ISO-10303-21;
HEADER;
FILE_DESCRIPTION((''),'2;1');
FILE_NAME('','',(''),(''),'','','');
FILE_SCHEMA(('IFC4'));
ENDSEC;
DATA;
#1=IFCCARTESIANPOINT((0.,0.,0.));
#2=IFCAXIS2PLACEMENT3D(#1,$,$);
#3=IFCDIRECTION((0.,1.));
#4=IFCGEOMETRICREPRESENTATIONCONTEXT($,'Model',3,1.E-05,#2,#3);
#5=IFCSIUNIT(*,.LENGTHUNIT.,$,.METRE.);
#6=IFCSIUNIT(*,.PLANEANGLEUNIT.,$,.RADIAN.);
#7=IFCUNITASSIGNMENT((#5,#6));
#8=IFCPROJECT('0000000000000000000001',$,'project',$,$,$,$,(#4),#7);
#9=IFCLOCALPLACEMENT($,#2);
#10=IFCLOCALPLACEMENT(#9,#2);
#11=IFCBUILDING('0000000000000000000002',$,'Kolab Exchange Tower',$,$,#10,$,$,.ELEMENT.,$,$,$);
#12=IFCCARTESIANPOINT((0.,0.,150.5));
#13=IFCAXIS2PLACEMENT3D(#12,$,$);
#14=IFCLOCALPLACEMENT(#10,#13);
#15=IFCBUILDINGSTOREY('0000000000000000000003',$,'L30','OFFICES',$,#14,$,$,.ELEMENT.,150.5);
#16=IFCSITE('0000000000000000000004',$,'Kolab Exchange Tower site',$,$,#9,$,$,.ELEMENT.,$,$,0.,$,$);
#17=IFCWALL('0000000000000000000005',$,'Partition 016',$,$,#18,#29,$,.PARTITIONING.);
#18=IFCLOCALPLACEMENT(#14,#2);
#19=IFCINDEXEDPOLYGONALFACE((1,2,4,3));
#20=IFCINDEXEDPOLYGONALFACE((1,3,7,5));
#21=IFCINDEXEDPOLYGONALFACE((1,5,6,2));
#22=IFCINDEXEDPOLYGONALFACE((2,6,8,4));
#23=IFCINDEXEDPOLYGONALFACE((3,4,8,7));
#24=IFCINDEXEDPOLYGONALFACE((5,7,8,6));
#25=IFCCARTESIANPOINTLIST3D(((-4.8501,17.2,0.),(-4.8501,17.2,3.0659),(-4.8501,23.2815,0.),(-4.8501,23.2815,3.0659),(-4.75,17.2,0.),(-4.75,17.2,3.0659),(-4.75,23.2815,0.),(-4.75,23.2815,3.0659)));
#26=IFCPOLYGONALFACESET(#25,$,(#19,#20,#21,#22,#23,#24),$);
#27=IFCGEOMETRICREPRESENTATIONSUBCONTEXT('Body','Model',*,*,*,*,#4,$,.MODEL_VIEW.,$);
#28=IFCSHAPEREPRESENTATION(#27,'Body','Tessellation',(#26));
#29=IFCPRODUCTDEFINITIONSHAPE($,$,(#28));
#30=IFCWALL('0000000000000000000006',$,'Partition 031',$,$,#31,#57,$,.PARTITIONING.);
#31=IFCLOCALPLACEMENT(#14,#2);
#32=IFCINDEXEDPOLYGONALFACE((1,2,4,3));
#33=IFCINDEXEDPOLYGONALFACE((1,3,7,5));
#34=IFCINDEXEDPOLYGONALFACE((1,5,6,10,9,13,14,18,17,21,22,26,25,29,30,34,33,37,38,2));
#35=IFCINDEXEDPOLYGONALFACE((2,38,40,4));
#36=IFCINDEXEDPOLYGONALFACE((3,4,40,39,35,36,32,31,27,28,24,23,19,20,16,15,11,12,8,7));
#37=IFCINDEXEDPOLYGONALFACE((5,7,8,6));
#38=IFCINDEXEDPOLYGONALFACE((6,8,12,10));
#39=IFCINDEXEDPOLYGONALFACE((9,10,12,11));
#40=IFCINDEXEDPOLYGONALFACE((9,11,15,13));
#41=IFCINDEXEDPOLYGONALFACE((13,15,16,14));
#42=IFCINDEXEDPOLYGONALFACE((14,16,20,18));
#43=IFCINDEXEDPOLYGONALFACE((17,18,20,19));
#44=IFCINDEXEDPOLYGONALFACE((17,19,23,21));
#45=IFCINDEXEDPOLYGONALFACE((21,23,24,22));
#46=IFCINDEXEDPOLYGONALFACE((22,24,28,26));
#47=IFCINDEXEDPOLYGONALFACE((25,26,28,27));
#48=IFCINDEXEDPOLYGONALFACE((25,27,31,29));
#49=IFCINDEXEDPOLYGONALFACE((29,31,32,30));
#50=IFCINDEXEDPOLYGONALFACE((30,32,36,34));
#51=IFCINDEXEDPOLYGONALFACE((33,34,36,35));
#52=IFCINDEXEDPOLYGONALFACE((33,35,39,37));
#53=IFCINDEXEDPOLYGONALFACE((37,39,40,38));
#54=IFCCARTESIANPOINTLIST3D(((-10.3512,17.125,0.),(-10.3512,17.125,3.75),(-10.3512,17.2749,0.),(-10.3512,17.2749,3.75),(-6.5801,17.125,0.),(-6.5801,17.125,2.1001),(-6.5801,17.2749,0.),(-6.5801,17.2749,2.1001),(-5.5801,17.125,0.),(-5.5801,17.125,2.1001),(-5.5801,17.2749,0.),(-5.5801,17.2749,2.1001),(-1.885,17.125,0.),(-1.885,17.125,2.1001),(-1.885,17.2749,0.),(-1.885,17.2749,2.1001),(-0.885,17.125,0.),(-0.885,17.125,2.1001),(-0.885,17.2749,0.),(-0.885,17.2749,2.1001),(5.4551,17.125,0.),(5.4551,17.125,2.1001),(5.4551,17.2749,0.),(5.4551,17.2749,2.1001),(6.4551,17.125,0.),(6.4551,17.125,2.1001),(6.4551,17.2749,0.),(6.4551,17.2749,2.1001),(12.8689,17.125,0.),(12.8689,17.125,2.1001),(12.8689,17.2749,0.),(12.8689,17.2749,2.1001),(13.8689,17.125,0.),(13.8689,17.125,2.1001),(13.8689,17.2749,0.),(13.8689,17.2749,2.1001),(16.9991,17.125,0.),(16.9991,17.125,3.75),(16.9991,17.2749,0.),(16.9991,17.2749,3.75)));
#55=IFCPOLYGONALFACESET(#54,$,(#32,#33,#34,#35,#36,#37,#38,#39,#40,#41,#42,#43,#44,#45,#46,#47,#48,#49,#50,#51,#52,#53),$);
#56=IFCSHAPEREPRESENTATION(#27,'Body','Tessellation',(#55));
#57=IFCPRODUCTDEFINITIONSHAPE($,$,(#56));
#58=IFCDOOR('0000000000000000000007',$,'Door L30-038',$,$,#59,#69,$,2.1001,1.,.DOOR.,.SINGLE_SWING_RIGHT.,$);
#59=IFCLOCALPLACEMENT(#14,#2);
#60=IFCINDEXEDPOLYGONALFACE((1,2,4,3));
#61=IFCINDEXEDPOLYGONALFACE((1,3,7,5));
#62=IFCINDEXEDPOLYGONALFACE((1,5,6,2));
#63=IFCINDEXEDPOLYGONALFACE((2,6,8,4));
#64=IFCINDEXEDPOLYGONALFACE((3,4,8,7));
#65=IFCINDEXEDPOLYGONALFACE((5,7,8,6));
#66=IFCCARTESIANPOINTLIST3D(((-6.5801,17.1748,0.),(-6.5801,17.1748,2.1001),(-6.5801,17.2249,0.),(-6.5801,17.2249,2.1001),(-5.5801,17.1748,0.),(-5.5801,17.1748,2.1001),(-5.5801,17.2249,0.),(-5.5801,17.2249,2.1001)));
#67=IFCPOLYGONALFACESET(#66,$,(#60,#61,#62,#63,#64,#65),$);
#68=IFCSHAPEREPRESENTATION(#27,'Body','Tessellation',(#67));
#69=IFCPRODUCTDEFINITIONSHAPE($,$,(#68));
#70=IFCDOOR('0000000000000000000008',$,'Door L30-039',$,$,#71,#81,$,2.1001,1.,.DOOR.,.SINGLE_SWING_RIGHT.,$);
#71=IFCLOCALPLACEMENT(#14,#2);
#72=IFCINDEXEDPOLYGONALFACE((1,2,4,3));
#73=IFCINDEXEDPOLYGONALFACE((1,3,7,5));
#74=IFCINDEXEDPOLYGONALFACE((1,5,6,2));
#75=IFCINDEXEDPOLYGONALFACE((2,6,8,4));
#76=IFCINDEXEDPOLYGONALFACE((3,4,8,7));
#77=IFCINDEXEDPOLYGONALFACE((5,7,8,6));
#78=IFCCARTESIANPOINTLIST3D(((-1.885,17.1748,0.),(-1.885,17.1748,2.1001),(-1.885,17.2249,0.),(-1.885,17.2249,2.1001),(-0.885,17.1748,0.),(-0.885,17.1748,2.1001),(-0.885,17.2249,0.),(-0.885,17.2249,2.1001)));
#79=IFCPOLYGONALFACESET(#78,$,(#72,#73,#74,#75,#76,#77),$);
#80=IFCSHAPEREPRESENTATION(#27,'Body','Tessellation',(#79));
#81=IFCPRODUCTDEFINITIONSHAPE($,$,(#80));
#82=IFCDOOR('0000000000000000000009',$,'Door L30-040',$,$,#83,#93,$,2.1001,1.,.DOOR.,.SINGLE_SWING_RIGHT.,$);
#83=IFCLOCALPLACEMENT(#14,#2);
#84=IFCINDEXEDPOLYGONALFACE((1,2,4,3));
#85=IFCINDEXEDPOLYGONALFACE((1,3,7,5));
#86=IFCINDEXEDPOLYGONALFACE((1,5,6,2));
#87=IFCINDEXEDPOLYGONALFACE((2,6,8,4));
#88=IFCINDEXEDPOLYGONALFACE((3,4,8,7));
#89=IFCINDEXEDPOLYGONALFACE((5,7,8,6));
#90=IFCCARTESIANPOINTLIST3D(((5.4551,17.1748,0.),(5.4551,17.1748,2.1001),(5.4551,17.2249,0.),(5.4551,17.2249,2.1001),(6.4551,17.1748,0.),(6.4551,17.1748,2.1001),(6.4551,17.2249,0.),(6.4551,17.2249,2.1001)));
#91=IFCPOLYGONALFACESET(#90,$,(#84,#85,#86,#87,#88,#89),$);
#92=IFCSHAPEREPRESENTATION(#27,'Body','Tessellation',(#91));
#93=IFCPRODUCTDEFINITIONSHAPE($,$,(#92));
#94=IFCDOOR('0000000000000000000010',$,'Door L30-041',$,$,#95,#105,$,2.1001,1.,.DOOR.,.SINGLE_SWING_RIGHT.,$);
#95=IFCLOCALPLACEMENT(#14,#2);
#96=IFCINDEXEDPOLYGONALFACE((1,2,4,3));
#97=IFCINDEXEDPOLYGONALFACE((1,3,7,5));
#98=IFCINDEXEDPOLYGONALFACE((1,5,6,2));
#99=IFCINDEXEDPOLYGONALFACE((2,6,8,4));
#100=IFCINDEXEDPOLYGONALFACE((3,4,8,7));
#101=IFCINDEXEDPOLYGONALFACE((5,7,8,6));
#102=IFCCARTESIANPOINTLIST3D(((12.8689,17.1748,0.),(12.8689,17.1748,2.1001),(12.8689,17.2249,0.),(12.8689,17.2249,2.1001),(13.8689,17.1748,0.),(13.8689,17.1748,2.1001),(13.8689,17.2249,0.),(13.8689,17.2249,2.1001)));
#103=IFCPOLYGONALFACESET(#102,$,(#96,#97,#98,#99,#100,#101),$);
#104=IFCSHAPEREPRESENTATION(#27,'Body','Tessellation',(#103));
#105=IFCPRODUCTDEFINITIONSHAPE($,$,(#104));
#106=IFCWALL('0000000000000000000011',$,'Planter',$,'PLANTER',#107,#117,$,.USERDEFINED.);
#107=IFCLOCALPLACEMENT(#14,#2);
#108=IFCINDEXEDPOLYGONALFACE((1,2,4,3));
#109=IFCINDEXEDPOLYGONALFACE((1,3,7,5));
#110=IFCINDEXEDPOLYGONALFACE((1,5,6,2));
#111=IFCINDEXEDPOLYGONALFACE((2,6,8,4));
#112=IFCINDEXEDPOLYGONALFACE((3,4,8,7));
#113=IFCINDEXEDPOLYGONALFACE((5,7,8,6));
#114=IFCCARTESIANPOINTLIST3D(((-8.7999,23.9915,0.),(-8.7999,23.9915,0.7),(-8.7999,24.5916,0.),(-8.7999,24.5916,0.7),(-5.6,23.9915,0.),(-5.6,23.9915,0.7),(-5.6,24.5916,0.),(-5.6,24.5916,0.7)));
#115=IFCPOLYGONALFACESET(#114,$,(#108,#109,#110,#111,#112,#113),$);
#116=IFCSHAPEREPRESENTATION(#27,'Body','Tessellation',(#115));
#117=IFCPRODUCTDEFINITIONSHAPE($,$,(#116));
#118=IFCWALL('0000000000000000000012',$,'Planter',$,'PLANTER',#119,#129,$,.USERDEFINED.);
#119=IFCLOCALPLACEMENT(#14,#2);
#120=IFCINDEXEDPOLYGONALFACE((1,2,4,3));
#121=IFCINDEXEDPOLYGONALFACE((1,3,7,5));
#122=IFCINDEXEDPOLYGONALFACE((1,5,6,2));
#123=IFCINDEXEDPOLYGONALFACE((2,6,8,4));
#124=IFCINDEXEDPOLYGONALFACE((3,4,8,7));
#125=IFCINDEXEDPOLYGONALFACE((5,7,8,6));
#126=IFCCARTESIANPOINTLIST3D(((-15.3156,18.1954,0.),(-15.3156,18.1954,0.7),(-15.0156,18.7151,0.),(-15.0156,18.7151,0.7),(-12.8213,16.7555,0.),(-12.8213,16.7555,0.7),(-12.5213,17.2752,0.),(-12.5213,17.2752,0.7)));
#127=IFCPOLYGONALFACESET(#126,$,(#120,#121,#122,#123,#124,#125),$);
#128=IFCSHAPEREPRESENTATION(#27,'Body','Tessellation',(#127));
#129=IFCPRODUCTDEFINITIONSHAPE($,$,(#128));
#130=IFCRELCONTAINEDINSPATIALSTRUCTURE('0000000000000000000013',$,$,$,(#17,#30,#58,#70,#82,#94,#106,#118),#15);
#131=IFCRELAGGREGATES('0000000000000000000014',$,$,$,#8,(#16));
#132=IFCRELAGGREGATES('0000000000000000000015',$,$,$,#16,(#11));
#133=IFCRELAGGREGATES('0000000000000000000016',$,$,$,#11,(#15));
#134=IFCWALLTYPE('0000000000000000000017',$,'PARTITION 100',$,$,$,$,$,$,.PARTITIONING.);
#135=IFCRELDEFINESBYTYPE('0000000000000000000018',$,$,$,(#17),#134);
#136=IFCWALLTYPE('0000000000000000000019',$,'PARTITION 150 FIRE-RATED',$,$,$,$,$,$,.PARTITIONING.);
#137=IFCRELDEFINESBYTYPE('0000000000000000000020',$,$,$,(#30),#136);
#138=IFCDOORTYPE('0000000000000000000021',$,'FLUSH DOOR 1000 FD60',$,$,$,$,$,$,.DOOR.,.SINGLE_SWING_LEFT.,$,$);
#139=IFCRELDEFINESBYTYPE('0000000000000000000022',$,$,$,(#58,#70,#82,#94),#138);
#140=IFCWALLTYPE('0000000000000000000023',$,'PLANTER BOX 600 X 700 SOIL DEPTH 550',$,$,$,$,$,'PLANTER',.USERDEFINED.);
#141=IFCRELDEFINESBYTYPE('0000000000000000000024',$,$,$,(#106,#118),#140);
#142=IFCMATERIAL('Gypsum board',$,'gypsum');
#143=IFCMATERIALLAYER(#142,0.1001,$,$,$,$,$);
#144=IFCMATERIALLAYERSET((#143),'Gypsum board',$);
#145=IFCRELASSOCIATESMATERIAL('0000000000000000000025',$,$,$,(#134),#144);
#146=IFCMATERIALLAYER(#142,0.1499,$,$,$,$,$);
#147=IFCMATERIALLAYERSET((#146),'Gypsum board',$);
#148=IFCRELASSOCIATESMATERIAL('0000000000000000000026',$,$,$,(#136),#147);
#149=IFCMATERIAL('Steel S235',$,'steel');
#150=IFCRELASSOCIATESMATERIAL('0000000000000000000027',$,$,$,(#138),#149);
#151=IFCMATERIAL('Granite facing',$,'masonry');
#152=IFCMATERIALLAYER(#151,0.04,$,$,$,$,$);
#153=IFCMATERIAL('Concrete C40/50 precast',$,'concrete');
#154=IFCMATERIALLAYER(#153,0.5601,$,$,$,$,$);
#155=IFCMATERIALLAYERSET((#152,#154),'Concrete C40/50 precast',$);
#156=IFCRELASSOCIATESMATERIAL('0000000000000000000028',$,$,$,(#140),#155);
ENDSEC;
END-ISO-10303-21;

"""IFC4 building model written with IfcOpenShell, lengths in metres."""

from ifc_helpers import new_model, si_unit, direction, frame, frame_2d, origin, place, context, subcontext, project, spatial, rectangle, extrude, material, layer, layer_set, type_object, element, fill, save


model = new_model("IFC4")

# Units and contexts
model_context = context("Model", 3, precision=1e-05, world=origin(), true_north=direction((0.0, 1.0)))
body_context = subcontext(model_context, "Body", "Model", "MODEL_VIEW")
ifc_project = project(units=[si_unit("LENGTHUNIT", "METRE"), si_unit("PLANEANGLEUNIT", "RADIAN")], contexts=[model_context])

# Site, building, storey
site_placement = place(None, origin())
site = spatial("IfcSite", under=ifc_project, at=site_placement, Name="Kolab Exchange Tower site", CompositionType="ELEMENT", RefElevation=0.0)
building_placement = place(site_placement, origin())
building = spatial("IfcBuilding", under=site, at=building_placement, Name="Kolab Exchange Tower", CompositionType="ELEMENT")
storey_placement = place(building_placement, frame((0.0, 0.0, 150.5)))
storey = spatial("IfcBuildingStorey", under=building, at=storey_placement, Name="L30", Description="OFFICES", CompositionType="ELEMENT", Elevation=150.5)

# Wall
ifc_material_1 = material(Name="Gypsum board", Category="gypsum")
ifc_layer_1 = layer(ifc_material_1, 0.1001)
ifc_layer_set_1 = layer_set([ifc_layer_1], Name="Gypsum board")
wall_type_1 = type_object("IfcWallType", Name="PARTITION 100", PredefinedType="PARTITIONING", material=ifc_layer_set_1)
wall_1_placement = place(storey_placement, frame((-4.8, 17.2, 0.0), z_axis=(0.0, 0.0, 1.0), x_axis=(0.0, 1.0, 0.0)))
element("IfcWall", 1, at=wall_1_placement, inside=storey, type_object=wall_type_1, Name="Partition 016", PredefinedType="PARTITIONING", context=body_context, shape_type="SweptSolid", body=[
    extrude(rectangle(XDim=6.0815, YDim=0.1001, at=frame_2d((3.0408, 0.0))), origin(), (0.0, 0.0, 1.0), 3.0659),
])

# Wall, openings, doors
ifc_layer_2 = layer(ifc_material_1, 0.1499)
ifc_layer_set_2 = layer_set([ifc_layer_2], Name="Gypsum board")
wall_type_2 = type_object("IfcWallType", Name="PARTITION 150 FIRE-RATED", PredefinedType="PARTITIONING", material=ifc_layer_set_2)
wall_2_placement = place(storey_placement, frame((-10.3513, 17.2, 0.0), z_axis=(0.0, 0.0, 1.0), x_axis=(1.0, 0.0, 0.0)))
wall_2 = element("IfcWall", 2, at=wall_2_placement, inside=storey, type_object=wall_type_2, Name="Partition 031", PredefinedType="PARTITIONING", context=body_context, shape_type="SweptSolid", body=[
    extrude(rectangle(XDim=27.3503, YDim=0.1499, at=frame_2d((13.6753, 0.0))), origin(), (0.0, 0.0, 1.0), 3.75),
])
opening_1_placement = place(wall_2_placement, frame((3.7712, 0.0, 0.0)))
opening_1 = element("IfcOpeningElement", 3, at=opening_1_placement, cuts=wall_2, PredefinedType="OPENING", context=body_context, shape_type="SweptSolid", body=[
    extrude(rectangle(XDim=1.0, YDim=2.1001, at=frame_2d((0.5, 1.05))), frame((0.0, 0.085, 0.0), z_axis=(0.0, -1.0, 0.0), x_axis=(1.0, 0.0, 0.0)), (0.0, 0.0, 1.0), 0.1699),
])
opening_2_placement = place(wall_2_placement, frame((8.4663, 0.0, 0.0)))
opening_2 = element("IfcOpeningElement", 4, at=opening_2_placement, cuts=wall_2, PredefinedType="OPENING", context=body_context, shape_type="SweptSolid", body=[
    extrude(rectangle(XDim=1.0, YDim=2.1001, at=frame_2d((0.5, 1.05))), frame((0.0, 0.085, 0.0), z_axis=(0.0, -1.0, 0.0), x_axis=(1.0, 0.0, 0.0)), (0.0, 0.0, 1.0), 0.1699),
])
opening_3_placement = place(wall_2_placement, frame((15.8064, 0.0, 0.0)))
opening_3 = element("IfcOpeningElement", 5, at=opening_3_placement, cuts=wall_2, PredefinedType="OPENING", context=body_context, shape_type="SweptSolid", body=[
    extrude(rectangle(XDim=1.0, YDim=2.1001, at=frame_2d((0.5, 1.05))), frame((0.0, 0.085, 0.0), z_axis=(0.0, -1.0, 0.0), x_axis=(1.0, 0.0, 0.0)), (0.0, 0.0, 1.0), 0.1699),
])
opening_4_placement = place(wall_2_placement, frame((23.2202, 0.0, 0.0)))
opening_4 = element("IfcOpeningElement", 6, at=opening_4_placement, cuts=wall_2, PredefinedType="OPENING", context=body_context, shape_type="SweptSolid", body=[
    extrude(rectangle(XDim=1.0, YDim=2.1001, at=frame_2d((0.5, 1.05))), frame((0.0, 0.085, 0.0), z_axis=(0.0, -1.0, 0.0), x_axis=(1.0, 0.0, 0.0)), (0.0, 0.0, 1.0), 0.1699),
])
ifc_material_2 = material(Name="Steel S235", Category="steel")
door_type_1 = type_object("IfcDoorType", Name="FLUSH DOOR 1000 FD60", OperationType="SINGLE_SWING_LEFT", PredefinedType="DOOR", material=ifc_material_2)
door_1_placement = place(opening_1_placement, origin())
door_1 = element("IfcDoor", 7, at=door_1_placement, inside=storey, type_object=door_type_1, Name="Door L30-038", OperationType="SINGLE_SWING_RIGHT", OverallHeight=2.1001, OverallWidth=1.0, PredefinedType="DOOR", context=body_context, shape_type="SweptSolid", body=[
    extrude(rectangle(XDim=1.0, YDim=2.1001, at=frame_2d((0.5, 1.05))), frame((0.0, 0.0249, 0.0), z_axis=(0.0, -1.0, 0.0), x_axis=(1.0, 0.0, 0.0)), (0.0, 0.0, 1.0), 0.05),
])
fill(opening_1, door_1)
door_2_placement = place(opening_2_placement, origin())
door_2 = element("IfcDoor", 8, at=door_2_placement, inside=storey, type_object=door_type_1, Name="Door L30-039", OperationType="SINGLE_SWING_RIGHT", OverallHeight=2.1001, OverallWidth=1.0, PredefinedType="DOOR", context=body_context, shape_type="SweptSolid", body=[
    extrude(rectangle(XDim=1.0, YDim=2.1001, at=frame_2d((0.5, 1.05))), frame((0.0, 0.0249, 0.0), z_axis=(0.0, -1.0, 0.0), x_axis=(1.0, 0.0, 0.0)), (0.0, 0.0, 1.0), 0.05),
])
fill(opening_2, door_2)
door_3_placement = place(opening_3_placement, origin())
door_3 = element("IfcDoor", 9, at=door_3_placement, inside=storey, type_object=door_type_1, Name="Door L30-040", OperationType="SINGLE_SWING_RIGHT", OverallHeight=2.1001, OverallWidth=1.0, PredefinedType="DOOR", context=body_context, shape_type="SweptSolid", body=[
    extrude(rectangle(XDim=1.0, YDim=2.1001, at=frame_2d((0.5, 1.05))), frame((0.0, 0.0249, 0.0), z_axis=(0.0, -1.0, 0.0), x_axis=(1.0, 0.0, 0.0)), (0.0, 0.0, 1.0), 0.05),
])
fill(opening_3, door_3)
door_4_placement = place(opening_4_placement, origin())
door_4 = element("IfcDoor", 10, at=door_4_placement, inside=storey, type_object=door_type_1, Name="Door L30-041", OperationType="SINGLE_SWING_RIGHT", OverallHeight=2.1001, OverallWidth=1.0, PredefinedType="DOOR", context=body_context, shape_type="SweptSolid", body=[
    extrude(rectangle(XDim=1.0, YDim=2.1001, at=frame_2d((0.5, 1.05))), frame((0.0, 0.0249, 0.0), z_axis=(0.0, -1.0, 0.0), x_axis=(1.0, 0.0, 0.0)), (0.0, 0.0, 1.0), 0.05),
])
fill(opening_4, door_4)

# Walls
ifc_material_3 = material(Name="Granite facing", Category="masonry")
ifc_layer_3 = layer(ifc_material_3, 0.04)
ifc_material_4 = material(Name="Concrete C40/50 precast", Category="concrete")
ifc_layer_4 = layer(ifc_material_4, 0.5601)
ifc_layer_set_3 = layer_set([ifc_layer_3, ifc_layer_4], Name="Concrete C40/50 precast")
wall_type_3 = type_object("IfcWallType", Name="PLANTER BOX 600 X 700 SOIL DEPTH 550", ElementType="PLANTER", PredefinedType="USERDEFINED", material=ifc_layer_set_3)
wall_3_placement = place(storey_placement, frame((-8.8, 24.2915, 0.0), z_axis=(0.0, 0.0, 1.0), x_axis=(1.0, 0.0, 0.0)))
element("IfcWall", 11, at=wall_3_placement, inside=storey, type_object=wall_type_3, Name="Planter", ObjectType="PLANTER", PredefinedType="USERDEFINED", context=body_context, shape_type="SweptSolid", body=[
    extrude(rectangle(XDim=3.2, YDim=0.6001, at=frame_2d((1.6001, 0.0))), origin(), (0.0, 0.0, 1.0), 0.7),
])
wall_4_placement = place(storey_placement, frame((-12.6714, 17.0154, 0.0), z_axis=(0.0, 0.0, 1.0), x_axis=(-0.866054, 0.49995, 0.0)))
element("IfcWall", 12, at=wall_4_placement, inside=storey, type_object=wall_type_3, Name="Planter", ObjectType="PLANTER", PredefinedType="USERDEFINED", context=body_context, shape_type="SweptSolid", body=[
    extrude(rectangle(XDim=2.8801, YDim=0.6001, at=frame_2d((1.4399, 0.0))), origin(), (0.0, 0.0, 1.0), 0.7),
])

save(model, "model.ifc")
